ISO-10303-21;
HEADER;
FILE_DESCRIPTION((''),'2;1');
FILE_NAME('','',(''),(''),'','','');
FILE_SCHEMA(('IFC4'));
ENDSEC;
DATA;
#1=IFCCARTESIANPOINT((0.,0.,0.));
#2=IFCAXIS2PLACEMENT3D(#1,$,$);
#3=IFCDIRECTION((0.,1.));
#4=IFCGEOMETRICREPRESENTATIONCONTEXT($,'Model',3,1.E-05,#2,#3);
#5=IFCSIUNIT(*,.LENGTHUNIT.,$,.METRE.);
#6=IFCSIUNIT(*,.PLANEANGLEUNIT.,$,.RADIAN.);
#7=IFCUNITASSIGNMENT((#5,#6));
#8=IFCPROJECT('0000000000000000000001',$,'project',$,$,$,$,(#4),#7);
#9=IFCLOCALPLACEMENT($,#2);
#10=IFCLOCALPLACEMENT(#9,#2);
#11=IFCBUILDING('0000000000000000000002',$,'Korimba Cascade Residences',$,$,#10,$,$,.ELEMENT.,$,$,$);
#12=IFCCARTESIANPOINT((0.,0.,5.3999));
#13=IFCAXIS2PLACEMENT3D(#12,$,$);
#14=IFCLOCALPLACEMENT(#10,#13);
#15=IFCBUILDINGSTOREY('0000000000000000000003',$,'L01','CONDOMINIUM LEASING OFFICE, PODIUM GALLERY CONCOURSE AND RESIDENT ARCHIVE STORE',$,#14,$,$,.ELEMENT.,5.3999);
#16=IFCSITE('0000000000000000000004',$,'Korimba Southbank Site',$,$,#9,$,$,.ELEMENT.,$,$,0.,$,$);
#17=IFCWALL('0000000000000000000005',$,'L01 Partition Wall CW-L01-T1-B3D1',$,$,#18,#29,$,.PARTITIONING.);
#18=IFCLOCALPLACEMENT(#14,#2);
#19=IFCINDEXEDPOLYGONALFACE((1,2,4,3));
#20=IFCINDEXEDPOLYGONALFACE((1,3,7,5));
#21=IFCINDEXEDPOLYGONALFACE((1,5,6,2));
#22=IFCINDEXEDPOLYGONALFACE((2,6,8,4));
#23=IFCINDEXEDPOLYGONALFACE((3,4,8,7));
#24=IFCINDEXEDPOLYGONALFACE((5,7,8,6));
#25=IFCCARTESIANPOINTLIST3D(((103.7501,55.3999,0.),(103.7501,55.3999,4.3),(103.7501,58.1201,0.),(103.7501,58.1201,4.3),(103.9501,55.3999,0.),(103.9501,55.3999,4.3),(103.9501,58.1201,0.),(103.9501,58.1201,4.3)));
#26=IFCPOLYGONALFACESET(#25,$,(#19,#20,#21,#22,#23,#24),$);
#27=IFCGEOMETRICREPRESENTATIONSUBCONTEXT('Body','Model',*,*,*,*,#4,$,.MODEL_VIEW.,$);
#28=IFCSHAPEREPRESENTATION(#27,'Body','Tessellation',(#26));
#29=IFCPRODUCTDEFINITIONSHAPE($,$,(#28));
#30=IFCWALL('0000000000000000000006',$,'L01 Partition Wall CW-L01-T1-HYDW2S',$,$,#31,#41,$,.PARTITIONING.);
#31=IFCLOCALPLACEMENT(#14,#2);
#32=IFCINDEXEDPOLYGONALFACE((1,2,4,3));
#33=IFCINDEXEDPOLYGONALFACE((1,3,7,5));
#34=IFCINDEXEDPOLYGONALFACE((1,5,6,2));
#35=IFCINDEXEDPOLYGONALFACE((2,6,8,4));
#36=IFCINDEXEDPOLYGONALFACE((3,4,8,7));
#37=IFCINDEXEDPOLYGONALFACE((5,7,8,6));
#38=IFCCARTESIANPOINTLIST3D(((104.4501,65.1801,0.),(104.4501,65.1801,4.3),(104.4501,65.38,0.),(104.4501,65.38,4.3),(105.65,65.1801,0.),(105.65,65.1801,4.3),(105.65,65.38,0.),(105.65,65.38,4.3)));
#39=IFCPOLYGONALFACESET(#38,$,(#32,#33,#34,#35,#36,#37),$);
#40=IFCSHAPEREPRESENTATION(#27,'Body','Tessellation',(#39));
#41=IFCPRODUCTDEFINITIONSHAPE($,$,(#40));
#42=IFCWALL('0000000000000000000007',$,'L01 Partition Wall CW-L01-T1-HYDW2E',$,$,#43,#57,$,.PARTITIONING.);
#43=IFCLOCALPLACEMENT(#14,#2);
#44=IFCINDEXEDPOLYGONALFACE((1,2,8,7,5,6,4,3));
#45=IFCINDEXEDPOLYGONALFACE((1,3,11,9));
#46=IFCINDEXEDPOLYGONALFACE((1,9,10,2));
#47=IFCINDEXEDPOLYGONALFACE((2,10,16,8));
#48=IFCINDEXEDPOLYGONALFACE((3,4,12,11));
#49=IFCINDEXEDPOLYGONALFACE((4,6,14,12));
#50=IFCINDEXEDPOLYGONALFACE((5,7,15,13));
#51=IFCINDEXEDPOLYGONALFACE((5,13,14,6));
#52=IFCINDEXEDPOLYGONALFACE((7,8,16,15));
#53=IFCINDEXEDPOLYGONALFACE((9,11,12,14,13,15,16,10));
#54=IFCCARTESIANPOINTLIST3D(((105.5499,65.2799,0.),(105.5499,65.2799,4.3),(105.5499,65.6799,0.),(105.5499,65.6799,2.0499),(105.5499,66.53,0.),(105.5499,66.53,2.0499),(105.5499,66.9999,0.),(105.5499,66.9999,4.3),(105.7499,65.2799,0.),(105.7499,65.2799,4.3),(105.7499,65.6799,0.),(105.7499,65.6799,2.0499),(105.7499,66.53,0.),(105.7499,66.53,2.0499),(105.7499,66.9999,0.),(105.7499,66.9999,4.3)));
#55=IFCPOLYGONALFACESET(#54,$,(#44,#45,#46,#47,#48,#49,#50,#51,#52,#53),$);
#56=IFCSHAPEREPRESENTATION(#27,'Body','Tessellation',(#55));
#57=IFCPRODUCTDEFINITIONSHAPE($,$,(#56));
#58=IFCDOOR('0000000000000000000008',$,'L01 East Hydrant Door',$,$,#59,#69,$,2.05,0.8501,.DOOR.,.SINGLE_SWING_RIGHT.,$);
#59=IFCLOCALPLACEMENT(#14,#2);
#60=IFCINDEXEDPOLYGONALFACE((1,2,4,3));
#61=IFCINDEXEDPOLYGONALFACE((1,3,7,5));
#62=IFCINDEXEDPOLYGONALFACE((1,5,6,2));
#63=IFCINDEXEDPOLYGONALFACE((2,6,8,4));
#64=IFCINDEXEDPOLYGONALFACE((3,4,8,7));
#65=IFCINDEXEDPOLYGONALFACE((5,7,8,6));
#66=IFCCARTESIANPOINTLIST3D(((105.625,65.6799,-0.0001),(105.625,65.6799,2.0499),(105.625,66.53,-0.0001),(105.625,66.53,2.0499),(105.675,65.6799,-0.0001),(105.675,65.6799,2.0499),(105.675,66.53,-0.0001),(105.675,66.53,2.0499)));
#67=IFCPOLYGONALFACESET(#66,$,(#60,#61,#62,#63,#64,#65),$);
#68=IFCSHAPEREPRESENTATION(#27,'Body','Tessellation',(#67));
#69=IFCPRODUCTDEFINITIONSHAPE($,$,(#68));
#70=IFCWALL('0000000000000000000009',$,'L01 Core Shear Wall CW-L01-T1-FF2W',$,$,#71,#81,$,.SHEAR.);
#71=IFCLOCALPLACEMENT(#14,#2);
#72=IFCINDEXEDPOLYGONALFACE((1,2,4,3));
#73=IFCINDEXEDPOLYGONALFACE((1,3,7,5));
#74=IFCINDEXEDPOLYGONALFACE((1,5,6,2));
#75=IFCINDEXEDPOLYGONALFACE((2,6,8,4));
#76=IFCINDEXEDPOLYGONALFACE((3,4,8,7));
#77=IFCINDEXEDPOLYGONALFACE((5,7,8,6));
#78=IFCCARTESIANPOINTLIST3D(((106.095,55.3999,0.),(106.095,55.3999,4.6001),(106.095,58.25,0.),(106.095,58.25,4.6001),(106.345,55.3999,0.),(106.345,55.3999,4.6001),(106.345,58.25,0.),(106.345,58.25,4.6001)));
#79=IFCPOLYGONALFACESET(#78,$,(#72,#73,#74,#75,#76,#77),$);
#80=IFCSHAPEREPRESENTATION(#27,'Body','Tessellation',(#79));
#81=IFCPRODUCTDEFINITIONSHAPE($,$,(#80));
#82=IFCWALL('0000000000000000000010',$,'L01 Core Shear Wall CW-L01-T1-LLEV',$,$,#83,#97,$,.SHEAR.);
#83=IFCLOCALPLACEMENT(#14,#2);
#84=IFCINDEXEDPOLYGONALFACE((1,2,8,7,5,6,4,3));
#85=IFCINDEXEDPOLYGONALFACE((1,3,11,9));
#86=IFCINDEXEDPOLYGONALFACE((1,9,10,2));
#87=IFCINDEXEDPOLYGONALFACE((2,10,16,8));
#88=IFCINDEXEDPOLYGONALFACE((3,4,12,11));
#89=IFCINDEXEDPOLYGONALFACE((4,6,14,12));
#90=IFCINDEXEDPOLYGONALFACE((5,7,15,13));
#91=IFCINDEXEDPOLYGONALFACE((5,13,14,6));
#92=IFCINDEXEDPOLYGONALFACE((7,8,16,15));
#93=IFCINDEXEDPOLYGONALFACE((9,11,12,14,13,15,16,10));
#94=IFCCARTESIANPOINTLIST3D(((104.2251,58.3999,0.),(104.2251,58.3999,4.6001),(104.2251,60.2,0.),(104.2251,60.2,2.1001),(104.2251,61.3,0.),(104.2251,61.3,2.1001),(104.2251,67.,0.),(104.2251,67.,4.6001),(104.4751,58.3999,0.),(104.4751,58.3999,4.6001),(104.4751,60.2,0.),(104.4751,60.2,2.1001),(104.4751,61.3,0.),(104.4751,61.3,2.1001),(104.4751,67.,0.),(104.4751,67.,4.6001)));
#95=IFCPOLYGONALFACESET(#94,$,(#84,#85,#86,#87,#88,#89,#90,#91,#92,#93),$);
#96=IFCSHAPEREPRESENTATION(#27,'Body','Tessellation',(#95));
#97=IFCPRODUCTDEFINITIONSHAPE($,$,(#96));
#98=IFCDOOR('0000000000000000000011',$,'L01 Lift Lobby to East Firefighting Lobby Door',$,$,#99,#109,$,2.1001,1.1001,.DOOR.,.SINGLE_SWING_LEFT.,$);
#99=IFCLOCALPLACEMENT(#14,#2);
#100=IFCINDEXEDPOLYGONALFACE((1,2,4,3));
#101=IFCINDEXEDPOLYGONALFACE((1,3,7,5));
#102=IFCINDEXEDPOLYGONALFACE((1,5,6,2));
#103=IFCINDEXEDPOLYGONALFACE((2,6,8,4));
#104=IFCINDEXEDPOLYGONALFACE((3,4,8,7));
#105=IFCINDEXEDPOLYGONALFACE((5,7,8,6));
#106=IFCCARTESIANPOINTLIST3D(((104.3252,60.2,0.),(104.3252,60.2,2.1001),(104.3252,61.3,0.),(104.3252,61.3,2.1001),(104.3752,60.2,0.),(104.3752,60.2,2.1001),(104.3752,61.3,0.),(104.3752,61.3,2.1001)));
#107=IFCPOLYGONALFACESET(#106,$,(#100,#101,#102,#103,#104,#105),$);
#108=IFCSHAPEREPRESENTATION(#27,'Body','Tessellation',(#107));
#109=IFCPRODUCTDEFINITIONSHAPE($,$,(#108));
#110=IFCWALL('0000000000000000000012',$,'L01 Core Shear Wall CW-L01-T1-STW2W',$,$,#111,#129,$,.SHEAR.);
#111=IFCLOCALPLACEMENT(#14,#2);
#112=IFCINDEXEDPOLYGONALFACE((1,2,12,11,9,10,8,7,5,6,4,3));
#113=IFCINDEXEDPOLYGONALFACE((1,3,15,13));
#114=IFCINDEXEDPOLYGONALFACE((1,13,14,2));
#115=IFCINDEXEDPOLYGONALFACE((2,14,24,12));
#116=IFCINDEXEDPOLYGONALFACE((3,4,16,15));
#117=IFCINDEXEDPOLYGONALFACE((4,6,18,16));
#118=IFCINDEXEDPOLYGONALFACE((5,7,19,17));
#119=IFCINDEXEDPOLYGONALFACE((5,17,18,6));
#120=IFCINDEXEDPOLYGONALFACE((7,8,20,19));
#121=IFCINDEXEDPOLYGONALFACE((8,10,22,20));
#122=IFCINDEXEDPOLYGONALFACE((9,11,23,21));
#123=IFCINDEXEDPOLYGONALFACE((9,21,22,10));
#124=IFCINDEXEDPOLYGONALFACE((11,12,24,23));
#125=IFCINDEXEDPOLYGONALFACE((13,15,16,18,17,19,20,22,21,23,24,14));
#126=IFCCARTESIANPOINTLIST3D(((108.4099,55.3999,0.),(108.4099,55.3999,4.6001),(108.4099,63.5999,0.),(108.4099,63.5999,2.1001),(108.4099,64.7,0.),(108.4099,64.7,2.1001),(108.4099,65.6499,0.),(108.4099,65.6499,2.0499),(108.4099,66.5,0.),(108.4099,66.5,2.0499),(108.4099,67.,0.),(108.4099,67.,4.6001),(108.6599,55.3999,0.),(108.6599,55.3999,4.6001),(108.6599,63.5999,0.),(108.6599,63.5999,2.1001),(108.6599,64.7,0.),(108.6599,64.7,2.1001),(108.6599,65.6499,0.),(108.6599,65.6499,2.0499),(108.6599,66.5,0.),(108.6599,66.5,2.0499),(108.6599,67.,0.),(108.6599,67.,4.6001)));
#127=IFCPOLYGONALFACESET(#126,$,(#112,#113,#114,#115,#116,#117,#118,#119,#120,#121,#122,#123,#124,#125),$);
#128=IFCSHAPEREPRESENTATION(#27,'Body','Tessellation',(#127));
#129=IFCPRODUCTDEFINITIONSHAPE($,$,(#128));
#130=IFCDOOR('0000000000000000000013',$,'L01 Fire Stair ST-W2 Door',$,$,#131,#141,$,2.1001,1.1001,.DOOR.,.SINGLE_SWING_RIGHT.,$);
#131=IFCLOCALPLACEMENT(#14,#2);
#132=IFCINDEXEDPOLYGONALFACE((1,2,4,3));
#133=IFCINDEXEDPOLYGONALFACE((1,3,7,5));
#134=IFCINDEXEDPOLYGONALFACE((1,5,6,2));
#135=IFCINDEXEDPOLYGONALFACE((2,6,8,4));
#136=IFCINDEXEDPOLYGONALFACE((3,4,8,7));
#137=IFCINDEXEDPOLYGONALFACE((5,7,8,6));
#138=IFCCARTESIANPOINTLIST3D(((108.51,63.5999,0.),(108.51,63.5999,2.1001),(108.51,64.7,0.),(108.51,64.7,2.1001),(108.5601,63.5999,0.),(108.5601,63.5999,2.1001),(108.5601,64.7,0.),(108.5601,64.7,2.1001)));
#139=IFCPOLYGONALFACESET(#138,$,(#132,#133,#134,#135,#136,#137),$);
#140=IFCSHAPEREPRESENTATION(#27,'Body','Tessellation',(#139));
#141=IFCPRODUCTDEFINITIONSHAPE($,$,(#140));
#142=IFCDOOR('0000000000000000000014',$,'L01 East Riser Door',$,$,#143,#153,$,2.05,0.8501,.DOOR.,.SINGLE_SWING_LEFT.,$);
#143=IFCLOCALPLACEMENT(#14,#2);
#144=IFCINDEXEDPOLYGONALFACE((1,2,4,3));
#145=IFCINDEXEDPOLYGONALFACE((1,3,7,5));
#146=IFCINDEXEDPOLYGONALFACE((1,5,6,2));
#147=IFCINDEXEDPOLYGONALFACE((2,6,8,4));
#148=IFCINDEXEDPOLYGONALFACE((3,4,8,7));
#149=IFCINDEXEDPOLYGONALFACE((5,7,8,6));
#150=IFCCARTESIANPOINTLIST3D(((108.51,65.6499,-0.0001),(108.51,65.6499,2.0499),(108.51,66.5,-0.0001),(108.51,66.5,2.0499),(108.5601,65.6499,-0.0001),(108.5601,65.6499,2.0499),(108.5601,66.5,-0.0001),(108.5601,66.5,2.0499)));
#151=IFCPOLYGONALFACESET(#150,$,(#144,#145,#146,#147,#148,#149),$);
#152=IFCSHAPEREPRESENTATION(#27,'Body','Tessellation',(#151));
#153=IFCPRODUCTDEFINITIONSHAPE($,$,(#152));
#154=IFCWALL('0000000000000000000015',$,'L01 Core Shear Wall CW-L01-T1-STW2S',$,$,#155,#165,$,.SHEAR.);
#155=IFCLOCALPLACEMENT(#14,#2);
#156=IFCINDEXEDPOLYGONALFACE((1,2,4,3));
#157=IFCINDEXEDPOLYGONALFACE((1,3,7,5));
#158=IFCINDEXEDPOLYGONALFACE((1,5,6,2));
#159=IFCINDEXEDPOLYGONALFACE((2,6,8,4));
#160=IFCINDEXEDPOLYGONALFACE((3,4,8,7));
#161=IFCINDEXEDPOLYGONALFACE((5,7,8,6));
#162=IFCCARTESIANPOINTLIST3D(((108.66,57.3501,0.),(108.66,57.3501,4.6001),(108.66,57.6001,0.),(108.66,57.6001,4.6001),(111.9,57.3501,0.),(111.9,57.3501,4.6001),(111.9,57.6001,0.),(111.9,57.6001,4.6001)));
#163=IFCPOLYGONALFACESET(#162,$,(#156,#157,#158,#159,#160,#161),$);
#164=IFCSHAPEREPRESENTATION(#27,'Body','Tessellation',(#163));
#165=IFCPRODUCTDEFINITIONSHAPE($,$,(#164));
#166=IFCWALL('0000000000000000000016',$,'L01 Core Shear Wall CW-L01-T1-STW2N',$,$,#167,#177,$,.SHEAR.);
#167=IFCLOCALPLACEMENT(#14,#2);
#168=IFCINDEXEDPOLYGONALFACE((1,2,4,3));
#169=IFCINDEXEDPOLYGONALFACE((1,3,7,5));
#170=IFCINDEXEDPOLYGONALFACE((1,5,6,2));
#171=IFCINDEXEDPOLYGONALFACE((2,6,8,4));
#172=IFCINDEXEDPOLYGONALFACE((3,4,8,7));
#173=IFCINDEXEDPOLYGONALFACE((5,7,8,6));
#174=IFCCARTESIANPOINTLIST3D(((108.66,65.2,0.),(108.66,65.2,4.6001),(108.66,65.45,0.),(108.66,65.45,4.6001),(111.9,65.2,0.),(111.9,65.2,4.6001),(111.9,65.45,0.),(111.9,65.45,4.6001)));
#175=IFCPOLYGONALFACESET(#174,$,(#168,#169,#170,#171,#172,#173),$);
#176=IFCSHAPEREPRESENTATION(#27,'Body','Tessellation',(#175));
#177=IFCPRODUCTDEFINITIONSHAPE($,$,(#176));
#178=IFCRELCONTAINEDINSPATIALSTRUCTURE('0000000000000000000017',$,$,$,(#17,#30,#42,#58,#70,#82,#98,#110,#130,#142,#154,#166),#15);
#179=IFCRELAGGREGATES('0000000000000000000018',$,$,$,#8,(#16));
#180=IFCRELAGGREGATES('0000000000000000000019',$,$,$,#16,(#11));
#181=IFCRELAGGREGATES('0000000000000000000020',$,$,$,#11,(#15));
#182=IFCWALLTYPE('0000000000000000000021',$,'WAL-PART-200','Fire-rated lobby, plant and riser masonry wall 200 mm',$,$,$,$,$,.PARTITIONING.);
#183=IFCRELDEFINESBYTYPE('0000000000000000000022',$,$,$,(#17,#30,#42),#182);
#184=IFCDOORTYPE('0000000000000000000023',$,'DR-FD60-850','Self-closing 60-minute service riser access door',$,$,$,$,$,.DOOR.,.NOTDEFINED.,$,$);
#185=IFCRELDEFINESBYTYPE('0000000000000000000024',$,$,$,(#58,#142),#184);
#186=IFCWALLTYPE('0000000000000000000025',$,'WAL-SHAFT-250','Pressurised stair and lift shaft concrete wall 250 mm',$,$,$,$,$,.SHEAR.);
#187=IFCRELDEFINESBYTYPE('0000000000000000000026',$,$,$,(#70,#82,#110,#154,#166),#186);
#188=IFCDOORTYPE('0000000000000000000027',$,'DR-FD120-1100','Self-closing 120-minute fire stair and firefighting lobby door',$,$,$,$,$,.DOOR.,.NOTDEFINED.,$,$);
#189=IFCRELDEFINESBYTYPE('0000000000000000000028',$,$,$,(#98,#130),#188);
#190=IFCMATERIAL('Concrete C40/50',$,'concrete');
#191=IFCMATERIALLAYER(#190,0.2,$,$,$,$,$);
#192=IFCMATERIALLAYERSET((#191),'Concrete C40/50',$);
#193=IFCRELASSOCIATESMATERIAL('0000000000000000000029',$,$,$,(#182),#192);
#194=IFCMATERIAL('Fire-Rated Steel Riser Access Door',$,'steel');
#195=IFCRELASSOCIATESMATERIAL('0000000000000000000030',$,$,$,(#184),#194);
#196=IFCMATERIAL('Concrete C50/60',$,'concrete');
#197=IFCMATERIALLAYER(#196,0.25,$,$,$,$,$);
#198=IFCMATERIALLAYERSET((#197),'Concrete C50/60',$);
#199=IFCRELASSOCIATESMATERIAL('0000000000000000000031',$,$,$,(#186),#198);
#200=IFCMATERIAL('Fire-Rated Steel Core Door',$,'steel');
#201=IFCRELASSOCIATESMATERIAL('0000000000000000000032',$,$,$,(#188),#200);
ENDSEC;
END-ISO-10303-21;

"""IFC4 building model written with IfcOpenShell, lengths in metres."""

from ifc_helpers import new_model, si_unit, direction, frame, frame_2d, origin, place, context, subcontext, project, spatial, rectangle, extrude, material, layer, layer_set, type_object, element, fill, save


model = new_model("IFC4")

# Units and contexts
model_context = context("Model", 3, precision=1e-05, world=origin(), true_north=direction((0.0, 1.0)))
body_context = subcontext(model_context, "Body", "Model", "MODEL_VIEW")
ifc_project = project(units=[si_unit("LENGTHUNIT", "METRE"), si_unit("PLANEANGLEUNIT", "RADIAN")], contexts=[model_context])

# Site, building, storey
site_placement = place(None, origin())
site = spatial("IfcSite", under=ifc_project, at=site_placement, Name="Korimba Southbank Site", CompositionType="ELEMENT", RefElevation=0.0)
building_placement = place(site_placement, origin())
building = spatial("IfcBuilding", under=site, at=building_placement, Name="Korimba Cascade Residences", CompositionType="ELEMENT")
storey_placement = place(building_placement, frame((0.0, 0.0, 5.3999)))
storey = spatial("IfcBuildingStorey", under=building, at=storey_placement, Name="L01", Description="CONDOMINIUM LEASING OFFICE, PODIUM GALLERY CONCOURSE AND RESIDENT ARCHIVE STORE", CompositionType="ELEMENT", Elevation=5.3999)

# Walls
ifc_material_1 = material(Name="Concrete C40/50", Category="concrete")
ifc_layer_1 = layer(ifc_material_1, 0.2)
ifc_layer_set_1 = layer_set([ifc_layer_1], Name="Concrete C40/50")
wall_type_1 = type_object("IfcWallType", Name="WAL-PART-200", Description="Fire-rated lobby, plant and riser masonry wall 200 mm", PredefinedType="PARTITIONING", material=ifc_layer_set_1)
wall_1_placement = place(storey_placement, frame((103.8501, 55.3999, 0.0), z_axis=(0.0, 0.0, 1.0), x_axis=(0.0, 1.0, 0.0)))
element("IfcWall", 1, at=wall_1_placement, inside=storey, type_object=wall_type_1, Name="L01 Partition Wall CW-L01-T1-B3D1", PredefinedType="PARTITIONING", context=body_context, shape_type="SweptSolid", body=[
    extrude(rectangle(XDim=2.7202, YDim=0.2, at=frame_2d((1.3601, 0.0))), origin(), (0.0, 0.0, 1.0), 4.3),
])
wall_2_placement = place(storey_placement, frame((104.45, 65.28, 0.0), z_axis=(0.0, 0.0, 1.0), x_axis=(1.0, 0.0, 0.0)))
element("IfcWall", 2, at=wall_2_placement, inside=storey, type_object=wall_type_1, Name="L01 Partition Wall CW-L01-T1-HYDW2S", PredefinedType="PARTITIONING", context=body_context, shape_type="SweptSolid", body=[
    extrude(rectangle(XDim=1.2, YDim=0.2, at=frame_2d((0.6001, 0.0))), origin(), (0.0, 0.0, 1.0), 4.3),
])

# Wall, opening, door
wall_3_placement = place(storey_placement, frame((105.6499, 65.28, 0.0), z_axis=(0.0, 0.0, 1.0), x_axis=(0.0, 1.0, 0.0)))
wall_3 = element("IfcWall", 3, at=wall_3_placement, inside=storey, type_object=wall_type_1, Name="L01 Partition Wall CW-L01-T1-HYDW2E", PredefinedType="PARTITIONING", context=body_context, shape_type="SweptSolid", body=[
    extrude(rectangle(XDim=1.72, YDim=0.2, at=frame_2d((0.8599, 0.0))), origin(), (0.0, 0.0, 1.0), 4.3),
])
opening_1_placement = place(wall_3_placement, frame((0.3999, 0.0, 0.0)))
opening_1 = element("IfcOpeningElement", 4, at=opening_1_placement, cuts=wall_3, PredefinedType="OPENING", context=body_context, shape_type="SweptSolid", body=[
    extrude(rectangle(XDim=0.8501, YDim=2.05, at=frame_2d((0.425, 1.0249))), frame((0.0, 0.1099, 0.0), z_axis=(0.0, -1.0, 0.0), x_axis=(1.0, 0.0, 0.0)), (0.0, 0.0, 1.0), 0.22),
])
ifc_material_2 = material(Name="Fire-Rated Steel Riser Access Door", Category="steel")
door_type_1 = type_object("IfcDoorType", Name="DR-FD60-850", Description="Self-closing 60-minute service riser access door", OperationType="NOTDEFINED", PredefinedType="DOOR", material=ifc_material_2)
door_1_placement = place(opening_1_placement, origin())
door_1 = element("IfcDoor", 5, at=door_1_placement, inside=storey, type_object=door_type_1, Name="L01 East Hydrant Door", OperationType="SINGLE_SWING_RIGHT", OverallHeight=2.05, OverallWidth=0.8501, PredefinedType="DOOR", context=body_context, shape_type="SweptSolid", body=[
    extrude(rectangle(XDim=0.8501, YDim=2.05, at=frame_2d((0.425, 1.0249))), frame((0.0, 0.0249, 0.0), z_axis=(0.0, -1.0, 0.0), x_axis=(1.0, 0.0, 0.0)), (0.0, 0.0, 1.0), 0.05),
])
fill(opening_1, door_1)

# Wall
ifc_material_3 = material(Name="Concrete C50/60", Category="concrete")
ifc_layer_2 = layer(ifc_material_3, 0.25)
ifc_layer_set_2 = layer_set([ifc_layer_2], Name="Concrete C50/60")
wall_type_2 = type_object("IfcWallType", Name="WAL-SHAFT-250", Description="Pressurised stair and lift shaft concrete wall 250 mm", PredefinedType="SHEAR", material=ifc_layer_set_2)
wall_4_placement = place(storey_placement, frame((106.22, 55.3999, 0.0), z_axis=(0.0, 0.0, 1.0), x_axis=(0.0, 1.0, 0.0)))
element("IfcWall", 6, at=wall_4_placement, inside=storey, type_object=wall_type_2, Name="L01 Core Shear Wall CW-L01-T1-FF2W", PredefinedType="SHEAR", context=body_context, shape_type="SweptSolid", body=[
    extrude(rectangle(XDim=2.8501, YDim=0.25, at=frame_2d((1.425, 0.0))), origin(), (0.0, 0.0, 1.0), 4.6001),
])

# Wall, opening, door
wall_5_placement = place(storey_placement, frame((104.3501, 58.3999, 0.0), z_axis=(0.0, 0.0, 1.0), x_axis=(0.0, 1.0, 0.0)))
wall_5 = element("IfcWall", 7, at=wall_5_placement, inside=storey, type_object=wall_type_2, Name="L01 Core Shear Wall CW-L01-T1-LLEV", PredefinedType="SHEAR", context=body_context, shape_type="SweptSolid", body=[
    extrude(rectangle(XDim=8.6001, YDim=0.25, at=frame_2d((4.3, 0.0))), origin(), (0.0, 0.0, 1.0), 4.6001),
])
opening_2_placement = place(wall_5_placement, frame((1.8, 0.0, 0.0)))
opening_2 = element("IfcOpeningElement", 8, at=opening_2_placement, cuts=wall_5, PredefinedType="OPENING", context=body_context, shape_type="SweptSolid", body=[
    extrude(rectangle(XDim=1.1001, YDim=2.1001, at=frame_2d((0.55, 1.05))), frame((0.0, 0.135, 0.0), z_axis=(0.0, -1.0, 0.0), x_axis=(1.0, 0.0, 0.0)), (0.0, 0.0, 1.0), 0.27),
])
ifc_material_4 = material(Name="Fire-Rated Steel Core Door", Category="steel")
door_type_2 = type_object("IfcDoorType", Name="DR-FD120-1100", Description="Self-closing 120-minute fire stair and firefighting lobby door", OperationType="NOTDEFINED", PredefinedType="DOOR", material=ifc_material_4)
door_2_placement = place(opening_2_placement, origin())
door_2 = element("IfcDoor", 9, at=door_2_placement, inside=storey, type_object=door_type_2, Name="L01 Lift Lobby to East Firefighting Lobby Door", OperationType="SINGLE_SWING_LEFT", OverallHeight=2.1001, OverallWidth=1.1001, PredefinedType="DOOR", context=body_context, shape_type="SweptSolid", body=[
    extrude(rectangle(XDim=1.1001, YDim=2.1001, at=frame_2d((0.55, 1.05))), frame((0.0, 0.0249, 0.0), z_axis=(0.0, -1.0, 0.0), x_axis=(1.0, 0.0, 0.0)), (0.0, 0.0, 1.0), 0.05),
])
fill(opening_2, door_2)

# Wall, openings, doors
wall_6_placement = place(storey_placement, frame((108.5349, 55.3999, 0.0), z_axis=(0.0, 0.0, 1.0), x_axis=(0.0, 1.0, 0.0)))
wall_6 = element("IfcWall", 10, at=wall_6_placement, inside=storey, type_object=wall_type_2, Name="L01 Core Shear Wall CW-L01-T1-STW2W", PredefinedType="SHEAR", context=body_context, shape_type="SweptSolid", body=[
    extrude(rectangle(XDim=11.6001, YDim=0.25, at=frame_2d((5.8, 0.0))), origin(), (0.0, 0.0, 1.0), 4.6001),
])
opening_3_placement = place(wall_6_placement, frame((8.2, 0.0, 0.0)))
opening_3 = element("IfcOpeningElement", 11, at=opening_3_placement, cuts=wall_6, PredefinedType="OPENING", context=body_context, shape_type="SweptSolid", body=[
    extrude(rectangle(XDim=1.1001, YDim=2.1001, at=frame_2d((0.55, 1.05))), frame((0.0, 0.135, 0.0), z_axis=(0.0, -1.0, 0.0), x_axis=(1.0, 0.0, 0.0)), (0.0, 0.0, 1.0), 0.27),
])
opening_4_placement = place(wall_6_placement, frame((10.25, 0.0, 0.0)))
opening_4 = element("IfcOpeningElement", 12, at=opening_4_placement, cuts=wall_6, PredefinedType="OPENING", context=body_context, shape_type="SweptSolid", body=[
    extrude(rectangle(XDim=0.8501, YDim=2.05, at=frame_2d((0.425, 1.0249))), frame((0.0, 0.135, 0.0), z_axis=(0.0, -1.0, 0.0), x_axis=(1.0, 0.0, 0.0)), (0.0, 0.0, 1.0), 0.27),
])
door_3_placement = place(opening_3_placement, origin())
door_3 = element("IfcDoor", 13, at=door_3_placement, inside=storey, type_object=door_type_2, Name="L01 Fire Stair ST-W2 Door", OperationType="SINGLE_SWING_RIGHT", OverallHeight=2.1001, OverallWidth=1.1001, PredefinedType="DOOR", context=body_context, shape_type="SweptSolid", body=[
    extrude(rectangle(XDim=1.1001, YDim=2.1001, at=frame_2d((0.55, 1.05))), frame((0.0, 0.0249, 0.0), z_axis=(0.0, -1.0, 0.0), x_axis=(1.0, 0.0, 0.0)), (0.0, 0.0, 1.0), 0.05),
])
fill(opening_3, door_3)
door_4_placement = place(opening_4_placement, origin())
door_4 = element("IfcDoor", 14, at=door_4_placement, inside=storey, type_object=door_type_1, Name="L01 East Riser Door", OperationType="SINGLE_SWING_LEFT", OverallHeight=2.05, OverallWidth=0.8501, PredefinedType="DOOR", context=body_context, shape_type="SweptSolid", body=[
    extrude(rectangle(XDim=0.8501, YDim=2.05, at=frame_2d((0.425, 1.0249))), frame((0.0, 0.0249, 0.0), z_axis=(0.0, -1.0, 0.0), x_axis=(1.0, 0.0, 0.0)), (0.0, 0.0, 1.0), 0.05),
])
fill(opening_4, door_4)

# Walls
for number, where, z_axis, x_axis, name in (
    (15, (108.6599, 57.4751, 0.0), (0.0, 0.0, 1.0), (1.0, 0.0, 0.0), "L01 Core Shear Wall CW-L01-T1-STW2S"),
    (16, (108.6599, 65.325, 0.0), (0.0, 0.0, 1.0), (1.0, 0.0, 0.0), "L01 Core Shear Wall CW-L01-T1-STW2N"),
):
    element("IfcWall", number, at=place(storey_placement, frame(where, z_axis=z_axis, x_axis=x_axis)), inside=storey, type_object=wall_type_2, Name=name, PredefinedType="SHEAR", context=body_context, shape_type="SweptSolid", body=[
        extrude(rectangle(XDim=3.24, YDim=0.25, at=frame_2d((1.6201, 0.0))), origin(), (0.0, 0.0, 1.0), 4.6001),
    ])

save(model, "model.ifc")
